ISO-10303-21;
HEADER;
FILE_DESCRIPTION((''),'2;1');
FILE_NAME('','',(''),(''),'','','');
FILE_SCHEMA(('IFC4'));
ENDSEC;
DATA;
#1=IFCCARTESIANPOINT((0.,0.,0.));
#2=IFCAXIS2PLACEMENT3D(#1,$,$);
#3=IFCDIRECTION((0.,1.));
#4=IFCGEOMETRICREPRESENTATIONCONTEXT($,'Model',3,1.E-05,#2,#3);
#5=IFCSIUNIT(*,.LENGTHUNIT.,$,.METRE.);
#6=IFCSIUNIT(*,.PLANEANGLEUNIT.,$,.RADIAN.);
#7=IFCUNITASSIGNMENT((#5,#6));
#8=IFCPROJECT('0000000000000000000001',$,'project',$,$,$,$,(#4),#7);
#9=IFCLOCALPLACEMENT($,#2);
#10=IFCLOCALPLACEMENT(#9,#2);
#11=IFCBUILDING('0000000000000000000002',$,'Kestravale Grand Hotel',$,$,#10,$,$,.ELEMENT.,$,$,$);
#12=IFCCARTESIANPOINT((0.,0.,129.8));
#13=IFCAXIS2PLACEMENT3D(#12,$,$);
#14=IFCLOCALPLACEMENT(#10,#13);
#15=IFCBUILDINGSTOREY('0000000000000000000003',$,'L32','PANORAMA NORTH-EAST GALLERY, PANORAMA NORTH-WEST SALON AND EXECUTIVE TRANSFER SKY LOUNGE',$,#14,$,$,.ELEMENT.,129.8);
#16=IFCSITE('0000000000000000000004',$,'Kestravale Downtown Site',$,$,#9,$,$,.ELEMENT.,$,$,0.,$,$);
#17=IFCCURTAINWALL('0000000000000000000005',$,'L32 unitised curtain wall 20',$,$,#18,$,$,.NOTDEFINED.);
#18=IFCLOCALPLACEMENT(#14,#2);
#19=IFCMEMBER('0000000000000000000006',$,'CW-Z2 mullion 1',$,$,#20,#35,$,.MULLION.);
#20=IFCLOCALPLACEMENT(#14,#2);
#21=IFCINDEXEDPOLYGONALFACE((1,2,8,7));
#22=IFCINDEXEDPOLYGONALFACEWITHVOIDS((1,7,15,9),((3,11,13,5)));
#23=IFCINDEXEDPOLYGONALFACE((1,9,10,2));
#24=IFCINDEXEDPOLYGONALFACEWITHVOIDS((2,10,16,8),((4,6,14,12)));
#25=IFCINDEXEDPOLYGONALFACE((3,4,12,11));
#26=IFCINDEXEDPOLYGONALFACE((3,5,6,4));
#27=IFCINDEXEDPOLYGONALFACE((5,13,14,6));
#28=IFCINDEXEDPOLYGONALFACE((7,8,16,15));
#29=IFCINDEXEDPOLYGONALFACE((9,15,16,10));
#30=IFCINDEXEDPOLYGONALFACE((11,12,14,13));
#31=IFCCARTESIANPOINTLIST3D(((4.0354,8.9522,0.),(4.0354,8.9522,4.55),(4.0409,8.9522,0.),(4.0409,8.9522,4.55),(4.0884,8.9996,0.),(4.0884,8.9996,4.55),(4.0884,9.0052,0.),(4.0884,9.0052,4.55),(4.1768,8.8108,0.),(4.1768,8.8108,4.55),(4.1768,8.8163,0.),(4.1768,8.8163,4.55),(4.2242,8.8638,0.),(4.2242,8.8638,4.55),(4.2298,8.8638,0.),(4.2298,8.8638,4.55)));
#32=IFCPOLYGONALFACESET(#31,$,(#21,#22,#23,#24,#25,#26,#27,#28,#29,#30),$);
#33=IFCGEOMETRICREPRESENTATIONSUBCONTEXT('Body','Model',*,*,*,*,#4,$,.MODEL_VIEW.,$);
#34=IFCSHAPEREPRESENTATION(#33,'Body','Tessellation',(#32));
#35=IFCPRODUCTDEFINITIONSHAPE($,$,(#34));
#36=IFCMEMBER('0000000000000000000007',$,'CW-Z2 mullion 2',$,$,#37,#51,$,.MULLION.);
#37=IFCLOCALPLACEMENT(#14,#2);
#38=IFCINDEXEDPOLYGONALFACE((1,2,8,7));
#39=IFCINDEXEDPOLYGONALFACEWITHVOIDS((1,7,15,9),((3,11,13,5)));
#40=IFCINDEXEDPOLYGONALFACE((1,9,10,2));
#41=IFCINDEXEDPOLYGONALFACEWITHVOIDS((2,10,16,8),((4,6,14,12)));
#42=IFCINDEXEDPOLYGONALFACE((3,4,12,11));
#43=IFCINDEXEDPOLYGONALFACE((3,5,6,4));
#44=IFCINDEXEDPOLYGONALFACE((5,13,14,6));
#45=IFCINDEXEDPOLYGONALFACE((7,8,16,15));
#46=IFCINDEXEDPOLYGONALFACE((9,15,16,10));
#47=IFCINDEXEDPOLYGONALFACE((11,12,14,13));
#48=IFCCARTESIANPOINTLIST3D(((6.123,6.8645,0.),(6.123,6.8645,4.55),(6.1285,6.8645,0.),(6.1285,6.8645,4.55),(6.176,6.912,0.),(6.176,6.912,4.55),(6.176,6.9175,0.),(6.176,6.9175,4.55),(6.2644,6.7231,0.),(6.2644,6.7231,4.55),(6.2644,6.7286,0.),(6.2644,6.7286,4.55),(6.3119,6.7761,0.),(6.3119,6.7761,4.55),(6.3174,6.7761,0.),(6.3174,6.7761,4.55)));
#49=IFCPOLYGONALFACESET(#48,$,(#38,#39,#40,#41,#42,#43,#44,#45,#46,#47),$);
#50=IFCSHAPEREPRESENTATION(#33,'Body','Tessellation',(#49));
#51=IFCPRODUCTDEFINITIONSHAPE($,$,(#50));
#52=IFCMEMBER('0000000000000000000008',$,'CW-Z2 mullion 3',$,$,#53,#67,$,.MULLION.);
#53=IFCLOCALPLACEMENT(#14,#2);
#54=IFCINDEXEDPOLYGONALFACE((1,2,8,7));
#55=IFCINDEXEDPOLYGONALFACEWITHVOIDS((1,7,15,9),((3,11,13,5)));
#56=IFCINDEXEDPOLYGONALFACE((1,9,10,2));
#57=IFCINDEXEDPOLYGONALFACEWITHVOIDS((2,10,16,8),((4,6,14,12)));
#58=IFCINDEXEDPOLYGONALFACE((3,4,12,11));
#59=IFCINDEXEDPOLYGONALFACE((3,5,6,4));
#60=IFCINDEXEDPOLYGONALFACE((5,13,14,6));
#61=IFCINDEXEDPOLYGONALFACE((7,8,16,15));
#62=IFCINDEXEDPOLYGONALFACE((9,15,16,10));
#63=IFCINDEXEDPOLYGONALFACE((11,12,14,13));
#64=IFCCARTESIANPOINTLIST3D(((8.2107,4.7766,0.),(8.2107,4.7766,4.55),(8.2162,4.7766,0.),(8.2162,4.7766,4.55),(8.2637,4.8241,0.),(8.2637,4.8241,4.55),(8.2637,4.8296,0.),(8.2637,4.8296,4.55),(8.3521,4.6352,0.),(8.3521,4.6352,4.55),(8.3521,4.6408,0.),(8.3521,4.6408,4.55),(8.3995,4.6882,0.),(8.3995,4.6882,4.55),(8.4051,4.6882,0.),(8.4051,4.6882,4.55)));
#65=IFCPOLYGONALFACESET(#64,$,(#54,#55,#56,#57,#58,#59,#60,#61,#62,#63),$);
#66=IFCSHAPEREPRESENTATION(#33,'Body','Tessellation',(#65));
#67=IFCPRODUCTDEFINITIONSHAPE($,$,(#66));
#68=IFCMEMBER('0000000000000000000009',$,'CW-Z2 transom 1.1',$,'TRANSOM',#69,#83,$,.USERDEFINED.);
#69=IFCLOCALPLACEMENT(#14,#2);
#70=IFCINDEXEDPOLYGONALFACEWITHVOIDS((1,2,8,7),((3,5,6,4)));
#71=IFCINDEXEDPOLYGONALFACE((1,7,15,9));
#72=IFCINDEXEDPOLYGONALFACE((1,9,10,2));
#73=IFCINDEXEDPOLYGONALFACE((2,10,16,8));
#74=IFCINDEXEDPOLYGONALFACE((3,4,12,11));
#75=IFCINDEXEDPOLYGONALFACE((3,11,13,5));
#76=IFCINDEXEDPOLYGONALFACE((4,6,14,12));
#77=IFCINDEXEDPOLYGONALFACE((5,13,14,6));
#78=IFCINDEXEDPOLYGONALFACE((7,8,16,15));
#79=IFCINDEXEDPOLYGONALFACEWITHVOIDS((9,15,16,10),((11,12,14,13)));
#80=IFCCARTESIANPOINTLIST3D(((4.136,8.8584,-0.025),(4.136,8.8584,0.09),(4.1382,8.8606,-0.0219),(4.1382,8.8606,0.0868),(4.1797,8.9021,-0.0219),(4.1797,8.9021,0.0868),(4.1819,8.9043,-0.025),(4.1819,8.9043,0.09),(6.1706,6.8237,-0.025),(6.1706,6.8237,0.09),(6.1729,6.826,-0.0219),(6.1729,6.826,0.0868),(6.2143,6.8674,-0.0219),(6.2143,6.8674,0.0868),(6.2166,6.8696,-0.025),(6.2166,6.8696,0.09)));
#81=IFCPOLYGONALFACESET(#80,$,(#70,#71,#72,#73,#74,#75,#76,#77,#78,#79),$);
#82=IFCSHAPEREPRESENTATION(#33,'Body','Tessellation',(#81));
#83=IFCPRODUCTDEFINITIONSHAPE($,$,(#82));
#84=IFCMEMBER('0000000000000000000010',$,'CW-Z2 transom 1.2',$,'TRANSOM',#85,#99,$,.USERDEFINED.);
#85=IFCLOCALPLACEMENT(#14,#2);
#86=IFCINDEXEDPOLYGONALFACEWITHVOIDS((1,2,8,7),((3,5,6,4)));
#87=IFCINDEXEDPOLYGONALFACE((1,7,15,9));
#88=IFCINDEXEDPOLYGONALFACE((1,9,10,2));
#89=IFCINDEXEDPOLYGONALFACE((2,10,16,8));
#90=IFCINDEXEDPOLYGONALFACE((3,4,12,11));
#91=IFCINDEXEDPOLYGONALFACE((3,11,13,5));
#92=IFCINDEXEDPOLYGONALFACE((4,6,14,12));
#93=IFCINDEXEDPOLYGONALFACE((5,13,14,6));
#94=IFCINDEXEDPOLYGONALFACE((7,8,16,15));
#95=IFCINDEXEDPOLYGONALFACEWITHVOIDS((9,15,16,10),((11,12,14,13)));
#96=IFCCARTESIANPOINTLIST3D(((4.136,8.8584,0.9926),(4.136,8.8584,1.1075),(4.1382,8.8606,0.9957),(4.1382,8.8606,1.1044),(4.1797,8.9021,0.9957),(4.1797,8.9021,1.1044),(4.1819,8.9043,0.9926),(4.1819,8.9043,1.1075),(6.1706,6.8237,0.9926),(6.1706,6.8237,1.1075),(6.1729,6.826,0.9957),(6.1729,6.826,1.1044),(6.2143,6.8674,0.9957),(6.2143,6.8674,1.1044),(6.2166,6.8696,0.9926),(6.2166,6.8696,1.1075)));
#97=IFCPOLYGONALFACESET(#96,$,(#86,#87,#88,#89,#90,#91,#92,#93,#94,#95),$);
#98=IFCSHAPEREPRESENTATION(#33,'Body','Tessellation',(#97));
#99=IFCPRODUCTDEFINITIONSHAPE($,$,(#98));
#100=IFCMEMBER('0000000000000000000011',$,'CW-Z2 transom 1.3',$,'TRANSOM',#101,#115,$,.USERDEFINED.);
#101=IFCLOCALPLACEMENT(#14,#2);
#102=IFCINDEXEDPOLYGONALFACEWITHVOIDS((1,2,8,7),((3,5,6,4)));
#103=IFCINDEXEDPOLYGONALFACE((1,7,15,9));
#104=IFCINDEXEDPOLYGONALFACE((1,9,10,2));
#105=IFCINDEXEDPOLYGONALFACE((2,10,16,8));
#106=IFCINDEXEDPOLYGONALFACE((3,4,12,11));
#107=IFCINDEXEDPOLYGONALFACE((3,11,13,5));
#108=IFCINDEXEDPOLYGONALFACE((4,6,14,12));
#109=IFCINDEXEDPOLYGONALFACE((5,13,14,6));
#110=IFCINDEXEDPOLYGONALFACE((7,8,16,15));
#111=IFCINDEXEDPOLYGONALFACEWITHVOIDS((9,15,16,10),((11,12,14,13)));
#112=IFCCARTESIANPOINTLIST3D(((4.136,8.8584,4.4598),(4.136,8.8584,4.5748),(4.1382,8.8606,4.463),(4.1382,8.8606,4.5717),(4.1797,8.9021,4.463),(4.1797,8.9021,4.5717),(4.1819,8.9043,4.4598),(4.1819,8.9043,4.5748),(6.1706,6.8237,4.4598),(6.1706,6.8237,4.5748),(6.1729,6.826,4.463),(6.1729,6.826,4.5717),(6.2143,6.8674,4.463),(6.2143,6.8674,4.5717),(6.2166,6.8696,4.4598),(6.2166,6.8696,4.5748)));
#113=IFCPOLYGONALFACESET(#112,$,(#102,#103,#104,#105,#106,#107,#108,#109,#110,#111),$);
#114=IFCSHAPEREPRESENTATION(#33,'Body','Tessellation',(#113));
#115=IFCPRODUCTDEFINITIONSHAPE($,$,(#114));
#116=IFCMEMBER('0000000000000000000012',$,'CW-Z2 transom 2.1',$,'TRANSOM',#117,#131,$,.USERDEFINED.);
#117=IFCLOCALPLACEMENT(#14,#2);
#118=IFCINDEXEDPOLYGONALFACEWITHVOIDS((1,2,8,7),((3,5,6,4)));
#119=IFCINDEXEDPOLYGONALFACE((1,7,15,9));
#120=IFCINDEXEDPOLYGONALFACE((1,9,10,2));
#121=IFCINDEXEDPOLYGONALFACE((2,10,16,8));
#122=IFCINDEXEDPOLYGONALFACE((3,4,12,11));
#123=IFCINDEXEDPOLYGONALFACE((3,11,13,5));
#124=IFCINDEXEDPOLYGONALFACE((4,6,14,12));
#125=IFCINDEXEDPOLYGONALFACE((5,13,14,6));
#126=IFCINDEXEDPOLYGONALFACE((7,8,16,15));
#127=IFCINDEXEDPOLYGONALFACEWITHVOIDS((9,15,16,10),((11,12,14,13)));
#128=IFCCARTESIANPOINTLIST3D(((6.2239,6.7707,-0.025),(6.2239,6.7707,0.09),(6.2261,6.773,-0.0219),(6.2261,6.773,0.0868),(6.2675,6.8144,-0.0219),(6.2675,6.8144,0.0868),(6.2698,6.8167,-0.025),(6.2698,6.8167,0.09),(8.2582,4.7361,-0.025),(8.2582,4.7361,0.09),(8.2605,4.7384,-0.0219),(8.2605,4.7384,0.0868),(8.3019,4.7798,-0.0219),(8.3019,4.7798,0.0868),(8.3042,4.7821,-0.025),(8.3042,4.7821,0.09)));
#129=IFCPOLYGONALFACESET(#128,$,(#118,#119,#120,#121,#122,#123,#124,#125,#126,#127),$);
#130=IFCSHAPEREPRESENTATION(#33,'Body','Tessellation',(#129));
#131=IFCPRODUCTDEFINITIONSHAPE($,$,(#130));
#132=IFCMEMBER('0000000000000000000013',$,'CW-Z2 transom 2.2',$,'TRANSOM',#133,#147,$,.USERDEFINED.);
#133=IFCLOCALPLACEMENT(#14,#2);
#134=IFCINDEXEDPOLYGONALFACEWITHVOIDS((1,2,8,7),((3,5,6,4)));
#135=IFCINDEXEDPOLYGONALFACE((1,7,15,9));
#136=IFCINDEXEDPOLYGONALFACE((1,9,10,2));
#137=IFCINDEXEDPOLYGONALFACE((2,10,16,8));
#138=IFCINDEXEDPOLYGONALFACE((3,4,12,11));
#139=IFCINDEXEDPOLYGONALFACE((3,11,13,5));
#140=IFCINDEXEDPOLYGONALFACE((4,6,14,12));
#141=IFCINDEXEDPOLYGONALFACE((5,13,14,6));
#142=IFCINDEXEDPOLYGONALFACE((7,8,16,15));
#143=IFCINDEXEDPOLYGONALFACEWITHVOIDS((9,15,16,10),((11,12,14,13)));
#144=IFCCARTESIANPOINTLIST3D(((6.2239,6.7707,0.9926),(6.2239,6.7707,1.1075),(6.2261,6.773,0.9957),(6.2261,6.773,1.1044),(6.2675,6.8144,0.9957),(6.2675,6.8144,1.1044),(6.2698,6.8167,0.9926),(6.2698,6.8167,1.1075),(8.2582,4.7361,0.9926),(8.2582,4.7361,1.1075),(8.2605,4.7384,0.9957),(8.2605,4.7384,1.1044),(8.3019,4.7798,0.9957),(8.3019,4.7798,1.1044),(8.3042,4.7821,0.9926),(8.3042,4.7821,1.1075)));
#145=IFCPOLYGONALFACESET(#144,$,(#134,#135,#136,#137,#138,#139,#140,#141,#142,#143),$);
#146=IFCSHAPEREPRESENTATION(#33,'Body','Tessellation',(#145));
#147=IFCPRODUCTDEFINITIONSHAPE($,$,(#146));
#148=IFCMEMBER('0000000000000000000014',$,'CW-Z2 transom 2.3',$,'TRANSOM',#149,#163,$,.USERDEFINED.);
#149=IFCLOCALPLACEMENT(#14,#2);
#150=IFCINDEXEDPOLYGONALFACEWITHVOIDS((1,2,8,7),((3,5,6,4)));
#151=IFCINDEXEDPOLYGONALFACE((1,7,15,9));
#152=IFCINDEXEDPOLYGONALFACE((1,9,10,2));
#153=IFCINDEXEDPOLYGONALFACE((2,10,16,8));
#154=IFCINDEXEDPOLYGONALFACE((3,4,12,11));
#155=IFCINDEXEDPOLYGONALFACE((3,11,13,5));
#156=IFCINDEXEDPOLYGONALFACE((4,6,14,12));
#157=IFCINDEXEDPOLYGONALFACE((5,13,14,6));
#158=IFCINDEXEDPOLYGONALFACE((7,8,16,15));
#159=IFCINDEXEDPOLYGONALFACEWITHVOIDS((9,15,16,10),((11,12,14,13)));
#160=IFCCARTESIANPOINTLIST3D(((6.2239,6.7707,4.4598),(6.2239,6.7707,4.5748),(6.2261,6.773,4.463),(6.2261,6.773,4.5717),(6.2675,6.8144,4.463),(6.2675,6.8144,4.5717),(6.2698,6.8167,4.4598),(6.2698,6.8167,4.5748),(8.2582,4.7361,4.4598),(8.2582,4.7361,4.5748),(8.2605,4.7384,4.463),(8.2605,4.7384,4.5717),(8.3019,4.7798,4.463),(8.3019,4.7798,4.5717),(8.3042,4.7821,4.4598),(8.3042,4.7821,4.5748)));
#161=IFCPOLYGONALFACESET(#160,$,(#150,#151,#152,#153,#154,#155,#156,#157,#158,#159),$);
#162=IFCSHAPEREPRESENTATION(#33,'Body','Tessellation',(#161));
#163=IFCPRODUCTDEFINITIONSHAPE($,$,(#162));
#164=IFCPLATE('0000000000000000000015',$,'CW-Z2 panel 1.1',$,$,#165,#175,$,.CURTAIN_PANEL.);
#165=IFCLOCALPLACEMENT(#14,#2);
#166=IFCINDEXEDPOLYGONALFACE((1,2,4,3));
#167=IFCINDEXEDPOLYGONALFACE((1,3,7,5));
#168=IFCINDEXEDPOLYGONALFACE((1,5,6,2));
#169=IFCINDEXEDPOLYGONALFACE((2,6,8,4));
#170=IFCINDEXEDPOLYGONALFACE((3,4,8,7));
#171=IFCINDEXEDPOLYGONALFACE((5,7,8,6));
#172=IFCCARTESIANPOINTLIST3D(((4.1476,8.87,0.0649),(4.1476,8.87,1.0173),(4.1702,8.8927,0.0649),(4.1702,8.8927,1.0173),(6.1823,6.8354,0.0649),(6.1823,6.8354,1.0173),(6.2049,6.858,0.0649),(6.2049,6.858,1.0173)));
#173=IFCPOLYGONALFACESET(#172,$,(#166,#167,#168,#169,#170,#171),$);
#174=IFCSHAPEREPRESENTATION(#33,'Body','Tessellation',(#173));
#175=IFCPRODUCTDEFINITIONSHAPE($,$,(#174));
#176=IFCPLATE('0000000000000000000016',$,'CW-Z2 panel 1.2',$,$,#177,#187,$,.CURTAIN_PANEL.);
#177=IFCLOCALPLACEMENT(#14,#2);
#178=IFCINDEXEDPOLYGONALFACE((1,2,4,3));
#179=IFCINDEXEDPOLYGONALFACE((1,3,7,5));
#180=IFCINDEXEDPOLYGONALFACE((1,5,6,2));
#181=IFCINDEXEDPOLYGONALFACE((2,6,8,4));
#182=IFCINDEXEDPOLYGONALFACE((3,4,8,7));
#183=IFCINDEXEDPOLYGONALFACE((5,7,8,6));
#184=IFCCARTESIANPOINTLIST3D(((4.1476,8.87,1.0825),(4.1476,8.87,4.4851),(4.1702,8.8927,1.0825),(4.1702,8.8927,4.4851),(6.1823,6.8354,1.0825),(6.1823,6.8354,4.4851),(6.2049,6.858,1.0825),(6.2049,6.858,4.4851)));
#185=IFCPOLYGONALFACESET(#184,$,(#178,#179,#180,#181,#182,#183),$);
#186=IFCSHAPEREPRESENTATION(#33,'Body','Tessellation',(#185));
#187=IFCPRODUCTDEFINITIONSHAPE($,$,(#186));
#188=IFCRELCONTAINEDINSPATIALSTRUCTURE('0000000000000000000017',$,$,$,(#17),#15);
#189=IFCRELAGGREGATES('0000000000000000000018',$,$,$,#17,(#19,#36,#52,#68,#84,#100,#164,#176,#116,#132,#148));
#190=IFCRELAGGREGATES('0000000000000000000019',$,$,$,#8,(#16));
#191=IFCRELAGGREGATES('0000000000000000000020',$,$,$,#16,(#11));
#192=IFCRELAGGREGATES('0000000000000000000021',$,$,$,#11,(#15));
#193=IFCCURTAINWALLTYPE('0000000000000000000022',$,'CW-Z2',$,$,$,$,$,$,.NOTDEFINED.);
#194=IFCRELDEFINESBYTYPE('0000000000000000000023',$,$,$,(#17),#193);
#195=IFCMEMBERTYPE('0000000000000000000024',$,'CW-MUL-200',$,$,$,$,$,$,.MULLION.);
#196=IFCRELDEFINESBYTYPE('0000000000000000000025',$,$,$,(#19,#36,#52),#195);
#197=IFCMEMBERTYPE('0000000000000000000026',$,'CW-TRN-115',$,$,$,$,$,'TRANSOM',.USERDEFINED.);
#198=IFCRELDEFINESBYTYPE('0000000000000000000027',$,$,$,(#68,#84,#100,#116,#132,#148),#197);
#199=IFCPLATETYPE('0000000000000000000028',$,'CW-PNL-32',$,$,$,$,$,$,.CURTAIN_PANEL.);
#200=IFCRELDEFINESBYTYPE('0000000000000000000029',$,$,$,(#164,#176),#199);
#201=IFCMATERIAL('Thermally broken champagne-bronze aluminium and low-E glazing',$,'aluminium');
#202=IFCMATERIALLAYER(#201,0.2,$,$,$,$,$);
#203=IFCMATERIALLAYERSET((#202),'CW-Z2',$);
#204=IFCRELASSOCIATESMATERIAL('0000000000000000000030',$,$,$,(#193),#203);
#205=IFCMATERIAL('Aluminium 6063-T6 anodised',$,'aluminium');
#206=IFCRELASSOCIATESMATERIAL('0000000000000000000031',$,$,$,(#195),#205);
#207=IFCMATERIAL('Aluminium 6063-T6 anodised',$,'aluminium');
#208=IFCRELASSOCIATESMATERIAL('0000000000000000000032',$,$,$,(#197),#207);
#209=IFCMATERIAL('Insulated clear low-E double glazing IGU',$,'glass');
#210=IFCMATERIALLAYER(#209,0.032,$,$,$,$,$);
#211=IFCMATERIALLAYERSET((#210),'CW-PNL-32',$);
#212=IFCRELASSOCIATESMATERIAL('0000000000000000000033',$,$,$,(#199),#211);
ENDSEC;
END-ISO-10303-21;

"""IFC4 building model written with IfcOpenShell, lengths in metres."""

from ifc_helpers import new_model, si_unit, direction, frame, origin, origin_2d, place, context, subcontext, project, spatial, rectangle, hollow_rectangle, extrude, material, layer, layer_set, material_profile, profile_set, type_object, element, aggregate, save


model = new_model("IFC4")

# Units and contexts
model_context = context("Model", 3, precision=1e-05, world=origin(), true_north=direction((0.0, 1.0)))
body_context = subcontext(model_context, "Body", "Model", "MODEL_VIEW")
ifc_project = project(units=[si_unit("LENGTHUNIT", "METRE"), si_unit("PLANEANGLEUNIT", "RADIAN")], contexts=[model_context])

# Site, building, storey
site_placement = place(None, origin())
site = spatial("IfcSite", under=ifc_project, at=site_placement, Name="Kestravale Downtown Site", CompositionType="ELEMENT", RefElevation=0.0)
building_placement = place(site_placement, origin())
building = spatial("IfcBuilding", under=site, at=building_placement, Name="Kestravale Grand Hotel", CompositionType="ELEMENT")
storey_placement = place(building_placement, frame((0.0, 0.0, 129.8)))
storey = spatial("IfcBuildingStorey", under=building, at=storey_placement, Name="L32", Description="PANORAMA NORTH-EAST GALLERY, PANORAMA NORTH-WEST SALON AND EXECUTIVE TRANSFER SKY LOUNGE", CompositionType="ELEMENT", Elevation=129.8)

# Curtain wall, members, plates
ifc_material_1 = material(Name="Thermally broken champagne-bronze aluminium and low-E glazing", Category="aluminium")
ifc_layer_1 = layer(ifc_material_1, 0.2)
ifc_layer_set_1 = layer_set([ifc_layer_1], Name="CW-Z2")
curtain_wall_type = type_object("IfcCurtainWallType", Name="CW-Z2", PredefinedType="NOTDEFINED", material=ifc_layer_set_1)
curtain_wall_placement = place(storey_placement, origin())
curtain_wall = element("IfcCurtainWall", 1, at=curtain_wall_placement, inside=storey, type_object=curtain_wall_type, Name="L32 unitised curtain wall 20", PredefinedType="NOTDEFINED")
ifc_material_2 = material(Name="Aluminium 6063-T6 anodised", Category="aluminium")
ifc_material_profile_1 = material_profile(ifc_material_2, hollow_rectangle(XDim=0.075, YDim=0.2, WallThickness=0.0039, at=origin_2d()))
ifc_profile_set_1 = profile_set([ifc_material_profile_1], Name="Aluminium 6063-T6 anodised")
member_type_1 = type_object("IfcMemberType", Name="CW-MUL-200", PredefinedType="MULLION", material=ifc_profile_set_1)
member_1_placement = place(storey_placement, frame((4.1326, 8.908, 0.0), z_axis=(0.0, 0.0, 1.0), x_axis=(0.707107, 0.707107, 0.0)))
member_1 = element("IfcMember", 2, at=member_1_placement, type_object=member_type_1, Name="CW-Z2 mullion 1", PredefinedType="MULLION", context=body_context, shape_type="SweptSolid", body=[
    extrude(hollow_rectangle(XDim=0.075, YDim=0.2, WallThickness=0.0039, at=origin_2d()), origin(), (0.0, 0.0, 1.0), 4.55),
])
member_2_placement = place(storey_placement, frame((6.2202, 6.8203, 0.0), z_axis=(0.0, 0.0, 1.0), x_axis=(0.707107, 0.707107, 0.0)))
member_2 = element("IfcMember", 3, at=member_2_placement, type_object=member_type_1, Name="CW-Z2 mullion 2", PredefinedType="MULLION", context=body_context, shape_type="SweptSolid", body=[
    extrude(hollow_rectangle(XDim=0.075, YDim=0.2, WallThickness=0.0039, at=origin_2d()), origin(), (0.0, 0.0, 1.0), 4.55),
])
member_3_placement = place(storey_placement, frame((8.3079, 4.7324, 0.0), z_axis=(0.0, 0.0, 1.0), x_axis=(0.707107, 0.707107, 0.0)))
member_3 = element("IfcMember", 4, at=member_3_placement, type_object=member_type_1, Name="CW-Z2 mullion 3", PredefinedType="MULLION", context=body_context, shape_type="SweptSolid", body=[
    extrude(hollow_rectangle(XDim=0.075, YDim=0.2, WallThickness=0.0039, at=origin_2d()), origin(), (0.0, 0.0, 1.0), 4.55),
])
ifc_material_3 = material(Name="Aluminium 6063-T6 anodised", Category="aluminium")
ifc_material_profile_2 = material_profile(ifc_material_3, hollow_rectangle(XDim=0.0649, YDim=0.115, WallThickness=0.0032, at=origin_2d()))
ifc_profile_set_2 = profile_set([ifc_material_profile_2], Name="Aluminium 6063-T6 anodised")
member_type_2 = type_object("IfcMemberType", Name="CW-TRN-115", ElementType="TRANSOM", PredefinedType="USERDEFINED", material=ifc_profile_set_2)
member_4_placement = place(storey_placement, frame((4.1589, 8.8813, 0.0325), z_axis=(0.707107, -0.707107, 0.0), x_axis=(0.707107, 0.707107, 0.0)))
member_4 = element("IfcMember", 5, at=member_4_placement, type_object=member_type_2, Name="CW-Z2 transom 1.1", ObjectType="TRANSOM", PredefinedType="USERDEFINED", context=body_context, shape_type="SweptSolid", body=[
    extrude(hollow_rectangle(XDim=0.0649, YDim=0.115, WallThickness=0.0032, at=origin_2d()), origin(), (0.0, 0.0, 1.0), 2.8774),
])
member_5_placement = place(storey_placement, frame((4.1589, 8.8813, 1.05), z_axis=(0.707107, -0.707107, 0.0), x_axis=(0.707107, 0.707107, 0.0)))
member_5 = element("IfcMember", 6, at=member_5_placement, type_object=member_type_2, Name="CW-Z2 transom 1.2", ObjectType="TRANSOM", PredefinedType="USERDEFINED", context=body_context, shape_type="SweptSolid", body=[
    extrude(hollow_rectangle(XDim=0.0649, YDim=0.115, WallThickness=0.0032, at=origin_2d()), origin(), (0.0, 0.0, 1.0), 2.8774),
])
member_6_placement = place(storey_placement, frame((4.1589, 8.8813, 4.5173), z_axis=(0.707107, -0.707107, 0.0), x_axis=(0.707107, 0.707107, 0.0)))
member_6 = element("IfcMember", 7, at=member_6_placement, type_object=member_type_2, Name="CW-Z2 transom 1.3", ObjectType="TRANSOM", PredefinedType="USERDEFINED", context=body_context, shape_type="SweptSolid", body=[
    extrude(hollow_rectangle(XDim=0.0649, YDim=0.115, WallThickness=0.0032, at=origin_2d()), origin(), (0.0, 0.0, 1.0), 2.8774),
])
member_7_placement = place(storey_placement, frame((6.2468, 6.7937, 0.0325), z_axis=(0.707064, -0.707149, 0.0), x_axis=(0.707149, 0.707064, 0.0)))
member_7 = element("IfcMember", 8, at=member_7_placement, type_object=member_type_2, Name="CW-Z2 transom 2.1", ObjectType="TRANSOM", PredefinedType="USERDEFINED", context=body_context, shape_type="SweptSolid", body=[
    extrude(hollow_rectangle(XDim=0.0649, YDim=0.115, WallThickness=0.0032, at=origin_2d()), origin(), (0.0, 0.0, 1.0), 2.8772),
])
member_8_placement = place(storey_placement, frame((6.2468, 6.7937, 1.05), z_axis=(0.707064, -0.707149, 0.0), x_axis=(0.707149, 0.707064, 0.0)))
member_8 = element("IfcMember", 9, at=member_8_placement, type_object=member_type_2, Name="CW-Z2 transom 2.2", ObjectType="TRANSOM", PredefinedType="USERDEFINED", context=body_context, shape_type="SweptSolid", body=[
    extrude(hollow_rectangle(XDim=0.0649, YDim=0.115, WallThickness=0.0032, at=origin_2d()), origin(), (0.0, 0.0, 1.0), 2.8772),
])
member_9_placement = place(storey_placement, frame((6.2468, 6.7937, 4.5173), z_axis=(0.707064, -0.707149, 0.0), x_axis=(0.707149, 0.707064, 0.0)))
member_9 = element("IfcMember", 10, at=member_9_placement, type_object=member_type_2, Name="CW-Z2 transom 2.3", ObjectType="TRANSOM", PredefinedType="USERDEFINED", context=body_context, shape_type="SweptSolid", body=[
    extrude(hollow_rectangle(XDim=0.0649, YDim=0.115, WallThickness=0.0032, at=origin_2d()), origin(), (0.0, 0.0, 1.0), 2.8772),
])
ifc_material_4 = material(Name="Insulated clear low-E double glazing IGU", Category="glass")
ifc_layer_2 = layer(ifc_material_4, 0.032)
ifc_layer_set_2 = layer_set([ifc_layer_2], Name="CW-PNL-32")
plate_type = type_object("IfcPlateType", Name="CW-PNL-32", PredefinedType="CURTAIN_PANEL", material=ifc_layer_set_2)
plate_1_placement = place(storey_placement, frame((5.1763, 7.864, 0.0649), z_axis=(0.0, 0.0, 1.0), x_axis=(0.707107, -0.707107, 0.0)))
plate_1 = element("IfcPlate", 11, at=plate_1_placement, type_object=plate_type, Name="CW-Z2 panel 1.1", PredefinedType="CURTAIN_PANEL", context=body_context, shape_type="SweptSolid", body=[
    extrude(rectangle(XDim=2.8774, YDim=0.032, at=origin_2d()), origin(), (0.0, 0.0, 1.0), 0.9524),
])
plate_2_placement = place(storey_placement, frame((5.1763, 7.864, 1.0825), z_axis=(0.0, 0.0, 1.0), x_axis=(0.707107, -0.707107, 0.0)))
plate_2 = element("IfcPlate", 12, at=plate_2_placement, type_object=plate_type, Name="CW-Z2 panel 1.2", PredefinedType="CURTAIN_PANEL", context=body_context, shape_type="SweptSolid", body=[
    extrude(rectangle(XDim=2.8774, YDim=0.032, at=origin_2d()), origin(), (0.0, 0.0, 1.0), 3.4026),
])
aggregate(curtain_wall, [member_1, member_2, member_3, member_4, member_5, member_6, plate_1, plate_2, member_7, member_8, member_9])

save(model, "model.ifc")
